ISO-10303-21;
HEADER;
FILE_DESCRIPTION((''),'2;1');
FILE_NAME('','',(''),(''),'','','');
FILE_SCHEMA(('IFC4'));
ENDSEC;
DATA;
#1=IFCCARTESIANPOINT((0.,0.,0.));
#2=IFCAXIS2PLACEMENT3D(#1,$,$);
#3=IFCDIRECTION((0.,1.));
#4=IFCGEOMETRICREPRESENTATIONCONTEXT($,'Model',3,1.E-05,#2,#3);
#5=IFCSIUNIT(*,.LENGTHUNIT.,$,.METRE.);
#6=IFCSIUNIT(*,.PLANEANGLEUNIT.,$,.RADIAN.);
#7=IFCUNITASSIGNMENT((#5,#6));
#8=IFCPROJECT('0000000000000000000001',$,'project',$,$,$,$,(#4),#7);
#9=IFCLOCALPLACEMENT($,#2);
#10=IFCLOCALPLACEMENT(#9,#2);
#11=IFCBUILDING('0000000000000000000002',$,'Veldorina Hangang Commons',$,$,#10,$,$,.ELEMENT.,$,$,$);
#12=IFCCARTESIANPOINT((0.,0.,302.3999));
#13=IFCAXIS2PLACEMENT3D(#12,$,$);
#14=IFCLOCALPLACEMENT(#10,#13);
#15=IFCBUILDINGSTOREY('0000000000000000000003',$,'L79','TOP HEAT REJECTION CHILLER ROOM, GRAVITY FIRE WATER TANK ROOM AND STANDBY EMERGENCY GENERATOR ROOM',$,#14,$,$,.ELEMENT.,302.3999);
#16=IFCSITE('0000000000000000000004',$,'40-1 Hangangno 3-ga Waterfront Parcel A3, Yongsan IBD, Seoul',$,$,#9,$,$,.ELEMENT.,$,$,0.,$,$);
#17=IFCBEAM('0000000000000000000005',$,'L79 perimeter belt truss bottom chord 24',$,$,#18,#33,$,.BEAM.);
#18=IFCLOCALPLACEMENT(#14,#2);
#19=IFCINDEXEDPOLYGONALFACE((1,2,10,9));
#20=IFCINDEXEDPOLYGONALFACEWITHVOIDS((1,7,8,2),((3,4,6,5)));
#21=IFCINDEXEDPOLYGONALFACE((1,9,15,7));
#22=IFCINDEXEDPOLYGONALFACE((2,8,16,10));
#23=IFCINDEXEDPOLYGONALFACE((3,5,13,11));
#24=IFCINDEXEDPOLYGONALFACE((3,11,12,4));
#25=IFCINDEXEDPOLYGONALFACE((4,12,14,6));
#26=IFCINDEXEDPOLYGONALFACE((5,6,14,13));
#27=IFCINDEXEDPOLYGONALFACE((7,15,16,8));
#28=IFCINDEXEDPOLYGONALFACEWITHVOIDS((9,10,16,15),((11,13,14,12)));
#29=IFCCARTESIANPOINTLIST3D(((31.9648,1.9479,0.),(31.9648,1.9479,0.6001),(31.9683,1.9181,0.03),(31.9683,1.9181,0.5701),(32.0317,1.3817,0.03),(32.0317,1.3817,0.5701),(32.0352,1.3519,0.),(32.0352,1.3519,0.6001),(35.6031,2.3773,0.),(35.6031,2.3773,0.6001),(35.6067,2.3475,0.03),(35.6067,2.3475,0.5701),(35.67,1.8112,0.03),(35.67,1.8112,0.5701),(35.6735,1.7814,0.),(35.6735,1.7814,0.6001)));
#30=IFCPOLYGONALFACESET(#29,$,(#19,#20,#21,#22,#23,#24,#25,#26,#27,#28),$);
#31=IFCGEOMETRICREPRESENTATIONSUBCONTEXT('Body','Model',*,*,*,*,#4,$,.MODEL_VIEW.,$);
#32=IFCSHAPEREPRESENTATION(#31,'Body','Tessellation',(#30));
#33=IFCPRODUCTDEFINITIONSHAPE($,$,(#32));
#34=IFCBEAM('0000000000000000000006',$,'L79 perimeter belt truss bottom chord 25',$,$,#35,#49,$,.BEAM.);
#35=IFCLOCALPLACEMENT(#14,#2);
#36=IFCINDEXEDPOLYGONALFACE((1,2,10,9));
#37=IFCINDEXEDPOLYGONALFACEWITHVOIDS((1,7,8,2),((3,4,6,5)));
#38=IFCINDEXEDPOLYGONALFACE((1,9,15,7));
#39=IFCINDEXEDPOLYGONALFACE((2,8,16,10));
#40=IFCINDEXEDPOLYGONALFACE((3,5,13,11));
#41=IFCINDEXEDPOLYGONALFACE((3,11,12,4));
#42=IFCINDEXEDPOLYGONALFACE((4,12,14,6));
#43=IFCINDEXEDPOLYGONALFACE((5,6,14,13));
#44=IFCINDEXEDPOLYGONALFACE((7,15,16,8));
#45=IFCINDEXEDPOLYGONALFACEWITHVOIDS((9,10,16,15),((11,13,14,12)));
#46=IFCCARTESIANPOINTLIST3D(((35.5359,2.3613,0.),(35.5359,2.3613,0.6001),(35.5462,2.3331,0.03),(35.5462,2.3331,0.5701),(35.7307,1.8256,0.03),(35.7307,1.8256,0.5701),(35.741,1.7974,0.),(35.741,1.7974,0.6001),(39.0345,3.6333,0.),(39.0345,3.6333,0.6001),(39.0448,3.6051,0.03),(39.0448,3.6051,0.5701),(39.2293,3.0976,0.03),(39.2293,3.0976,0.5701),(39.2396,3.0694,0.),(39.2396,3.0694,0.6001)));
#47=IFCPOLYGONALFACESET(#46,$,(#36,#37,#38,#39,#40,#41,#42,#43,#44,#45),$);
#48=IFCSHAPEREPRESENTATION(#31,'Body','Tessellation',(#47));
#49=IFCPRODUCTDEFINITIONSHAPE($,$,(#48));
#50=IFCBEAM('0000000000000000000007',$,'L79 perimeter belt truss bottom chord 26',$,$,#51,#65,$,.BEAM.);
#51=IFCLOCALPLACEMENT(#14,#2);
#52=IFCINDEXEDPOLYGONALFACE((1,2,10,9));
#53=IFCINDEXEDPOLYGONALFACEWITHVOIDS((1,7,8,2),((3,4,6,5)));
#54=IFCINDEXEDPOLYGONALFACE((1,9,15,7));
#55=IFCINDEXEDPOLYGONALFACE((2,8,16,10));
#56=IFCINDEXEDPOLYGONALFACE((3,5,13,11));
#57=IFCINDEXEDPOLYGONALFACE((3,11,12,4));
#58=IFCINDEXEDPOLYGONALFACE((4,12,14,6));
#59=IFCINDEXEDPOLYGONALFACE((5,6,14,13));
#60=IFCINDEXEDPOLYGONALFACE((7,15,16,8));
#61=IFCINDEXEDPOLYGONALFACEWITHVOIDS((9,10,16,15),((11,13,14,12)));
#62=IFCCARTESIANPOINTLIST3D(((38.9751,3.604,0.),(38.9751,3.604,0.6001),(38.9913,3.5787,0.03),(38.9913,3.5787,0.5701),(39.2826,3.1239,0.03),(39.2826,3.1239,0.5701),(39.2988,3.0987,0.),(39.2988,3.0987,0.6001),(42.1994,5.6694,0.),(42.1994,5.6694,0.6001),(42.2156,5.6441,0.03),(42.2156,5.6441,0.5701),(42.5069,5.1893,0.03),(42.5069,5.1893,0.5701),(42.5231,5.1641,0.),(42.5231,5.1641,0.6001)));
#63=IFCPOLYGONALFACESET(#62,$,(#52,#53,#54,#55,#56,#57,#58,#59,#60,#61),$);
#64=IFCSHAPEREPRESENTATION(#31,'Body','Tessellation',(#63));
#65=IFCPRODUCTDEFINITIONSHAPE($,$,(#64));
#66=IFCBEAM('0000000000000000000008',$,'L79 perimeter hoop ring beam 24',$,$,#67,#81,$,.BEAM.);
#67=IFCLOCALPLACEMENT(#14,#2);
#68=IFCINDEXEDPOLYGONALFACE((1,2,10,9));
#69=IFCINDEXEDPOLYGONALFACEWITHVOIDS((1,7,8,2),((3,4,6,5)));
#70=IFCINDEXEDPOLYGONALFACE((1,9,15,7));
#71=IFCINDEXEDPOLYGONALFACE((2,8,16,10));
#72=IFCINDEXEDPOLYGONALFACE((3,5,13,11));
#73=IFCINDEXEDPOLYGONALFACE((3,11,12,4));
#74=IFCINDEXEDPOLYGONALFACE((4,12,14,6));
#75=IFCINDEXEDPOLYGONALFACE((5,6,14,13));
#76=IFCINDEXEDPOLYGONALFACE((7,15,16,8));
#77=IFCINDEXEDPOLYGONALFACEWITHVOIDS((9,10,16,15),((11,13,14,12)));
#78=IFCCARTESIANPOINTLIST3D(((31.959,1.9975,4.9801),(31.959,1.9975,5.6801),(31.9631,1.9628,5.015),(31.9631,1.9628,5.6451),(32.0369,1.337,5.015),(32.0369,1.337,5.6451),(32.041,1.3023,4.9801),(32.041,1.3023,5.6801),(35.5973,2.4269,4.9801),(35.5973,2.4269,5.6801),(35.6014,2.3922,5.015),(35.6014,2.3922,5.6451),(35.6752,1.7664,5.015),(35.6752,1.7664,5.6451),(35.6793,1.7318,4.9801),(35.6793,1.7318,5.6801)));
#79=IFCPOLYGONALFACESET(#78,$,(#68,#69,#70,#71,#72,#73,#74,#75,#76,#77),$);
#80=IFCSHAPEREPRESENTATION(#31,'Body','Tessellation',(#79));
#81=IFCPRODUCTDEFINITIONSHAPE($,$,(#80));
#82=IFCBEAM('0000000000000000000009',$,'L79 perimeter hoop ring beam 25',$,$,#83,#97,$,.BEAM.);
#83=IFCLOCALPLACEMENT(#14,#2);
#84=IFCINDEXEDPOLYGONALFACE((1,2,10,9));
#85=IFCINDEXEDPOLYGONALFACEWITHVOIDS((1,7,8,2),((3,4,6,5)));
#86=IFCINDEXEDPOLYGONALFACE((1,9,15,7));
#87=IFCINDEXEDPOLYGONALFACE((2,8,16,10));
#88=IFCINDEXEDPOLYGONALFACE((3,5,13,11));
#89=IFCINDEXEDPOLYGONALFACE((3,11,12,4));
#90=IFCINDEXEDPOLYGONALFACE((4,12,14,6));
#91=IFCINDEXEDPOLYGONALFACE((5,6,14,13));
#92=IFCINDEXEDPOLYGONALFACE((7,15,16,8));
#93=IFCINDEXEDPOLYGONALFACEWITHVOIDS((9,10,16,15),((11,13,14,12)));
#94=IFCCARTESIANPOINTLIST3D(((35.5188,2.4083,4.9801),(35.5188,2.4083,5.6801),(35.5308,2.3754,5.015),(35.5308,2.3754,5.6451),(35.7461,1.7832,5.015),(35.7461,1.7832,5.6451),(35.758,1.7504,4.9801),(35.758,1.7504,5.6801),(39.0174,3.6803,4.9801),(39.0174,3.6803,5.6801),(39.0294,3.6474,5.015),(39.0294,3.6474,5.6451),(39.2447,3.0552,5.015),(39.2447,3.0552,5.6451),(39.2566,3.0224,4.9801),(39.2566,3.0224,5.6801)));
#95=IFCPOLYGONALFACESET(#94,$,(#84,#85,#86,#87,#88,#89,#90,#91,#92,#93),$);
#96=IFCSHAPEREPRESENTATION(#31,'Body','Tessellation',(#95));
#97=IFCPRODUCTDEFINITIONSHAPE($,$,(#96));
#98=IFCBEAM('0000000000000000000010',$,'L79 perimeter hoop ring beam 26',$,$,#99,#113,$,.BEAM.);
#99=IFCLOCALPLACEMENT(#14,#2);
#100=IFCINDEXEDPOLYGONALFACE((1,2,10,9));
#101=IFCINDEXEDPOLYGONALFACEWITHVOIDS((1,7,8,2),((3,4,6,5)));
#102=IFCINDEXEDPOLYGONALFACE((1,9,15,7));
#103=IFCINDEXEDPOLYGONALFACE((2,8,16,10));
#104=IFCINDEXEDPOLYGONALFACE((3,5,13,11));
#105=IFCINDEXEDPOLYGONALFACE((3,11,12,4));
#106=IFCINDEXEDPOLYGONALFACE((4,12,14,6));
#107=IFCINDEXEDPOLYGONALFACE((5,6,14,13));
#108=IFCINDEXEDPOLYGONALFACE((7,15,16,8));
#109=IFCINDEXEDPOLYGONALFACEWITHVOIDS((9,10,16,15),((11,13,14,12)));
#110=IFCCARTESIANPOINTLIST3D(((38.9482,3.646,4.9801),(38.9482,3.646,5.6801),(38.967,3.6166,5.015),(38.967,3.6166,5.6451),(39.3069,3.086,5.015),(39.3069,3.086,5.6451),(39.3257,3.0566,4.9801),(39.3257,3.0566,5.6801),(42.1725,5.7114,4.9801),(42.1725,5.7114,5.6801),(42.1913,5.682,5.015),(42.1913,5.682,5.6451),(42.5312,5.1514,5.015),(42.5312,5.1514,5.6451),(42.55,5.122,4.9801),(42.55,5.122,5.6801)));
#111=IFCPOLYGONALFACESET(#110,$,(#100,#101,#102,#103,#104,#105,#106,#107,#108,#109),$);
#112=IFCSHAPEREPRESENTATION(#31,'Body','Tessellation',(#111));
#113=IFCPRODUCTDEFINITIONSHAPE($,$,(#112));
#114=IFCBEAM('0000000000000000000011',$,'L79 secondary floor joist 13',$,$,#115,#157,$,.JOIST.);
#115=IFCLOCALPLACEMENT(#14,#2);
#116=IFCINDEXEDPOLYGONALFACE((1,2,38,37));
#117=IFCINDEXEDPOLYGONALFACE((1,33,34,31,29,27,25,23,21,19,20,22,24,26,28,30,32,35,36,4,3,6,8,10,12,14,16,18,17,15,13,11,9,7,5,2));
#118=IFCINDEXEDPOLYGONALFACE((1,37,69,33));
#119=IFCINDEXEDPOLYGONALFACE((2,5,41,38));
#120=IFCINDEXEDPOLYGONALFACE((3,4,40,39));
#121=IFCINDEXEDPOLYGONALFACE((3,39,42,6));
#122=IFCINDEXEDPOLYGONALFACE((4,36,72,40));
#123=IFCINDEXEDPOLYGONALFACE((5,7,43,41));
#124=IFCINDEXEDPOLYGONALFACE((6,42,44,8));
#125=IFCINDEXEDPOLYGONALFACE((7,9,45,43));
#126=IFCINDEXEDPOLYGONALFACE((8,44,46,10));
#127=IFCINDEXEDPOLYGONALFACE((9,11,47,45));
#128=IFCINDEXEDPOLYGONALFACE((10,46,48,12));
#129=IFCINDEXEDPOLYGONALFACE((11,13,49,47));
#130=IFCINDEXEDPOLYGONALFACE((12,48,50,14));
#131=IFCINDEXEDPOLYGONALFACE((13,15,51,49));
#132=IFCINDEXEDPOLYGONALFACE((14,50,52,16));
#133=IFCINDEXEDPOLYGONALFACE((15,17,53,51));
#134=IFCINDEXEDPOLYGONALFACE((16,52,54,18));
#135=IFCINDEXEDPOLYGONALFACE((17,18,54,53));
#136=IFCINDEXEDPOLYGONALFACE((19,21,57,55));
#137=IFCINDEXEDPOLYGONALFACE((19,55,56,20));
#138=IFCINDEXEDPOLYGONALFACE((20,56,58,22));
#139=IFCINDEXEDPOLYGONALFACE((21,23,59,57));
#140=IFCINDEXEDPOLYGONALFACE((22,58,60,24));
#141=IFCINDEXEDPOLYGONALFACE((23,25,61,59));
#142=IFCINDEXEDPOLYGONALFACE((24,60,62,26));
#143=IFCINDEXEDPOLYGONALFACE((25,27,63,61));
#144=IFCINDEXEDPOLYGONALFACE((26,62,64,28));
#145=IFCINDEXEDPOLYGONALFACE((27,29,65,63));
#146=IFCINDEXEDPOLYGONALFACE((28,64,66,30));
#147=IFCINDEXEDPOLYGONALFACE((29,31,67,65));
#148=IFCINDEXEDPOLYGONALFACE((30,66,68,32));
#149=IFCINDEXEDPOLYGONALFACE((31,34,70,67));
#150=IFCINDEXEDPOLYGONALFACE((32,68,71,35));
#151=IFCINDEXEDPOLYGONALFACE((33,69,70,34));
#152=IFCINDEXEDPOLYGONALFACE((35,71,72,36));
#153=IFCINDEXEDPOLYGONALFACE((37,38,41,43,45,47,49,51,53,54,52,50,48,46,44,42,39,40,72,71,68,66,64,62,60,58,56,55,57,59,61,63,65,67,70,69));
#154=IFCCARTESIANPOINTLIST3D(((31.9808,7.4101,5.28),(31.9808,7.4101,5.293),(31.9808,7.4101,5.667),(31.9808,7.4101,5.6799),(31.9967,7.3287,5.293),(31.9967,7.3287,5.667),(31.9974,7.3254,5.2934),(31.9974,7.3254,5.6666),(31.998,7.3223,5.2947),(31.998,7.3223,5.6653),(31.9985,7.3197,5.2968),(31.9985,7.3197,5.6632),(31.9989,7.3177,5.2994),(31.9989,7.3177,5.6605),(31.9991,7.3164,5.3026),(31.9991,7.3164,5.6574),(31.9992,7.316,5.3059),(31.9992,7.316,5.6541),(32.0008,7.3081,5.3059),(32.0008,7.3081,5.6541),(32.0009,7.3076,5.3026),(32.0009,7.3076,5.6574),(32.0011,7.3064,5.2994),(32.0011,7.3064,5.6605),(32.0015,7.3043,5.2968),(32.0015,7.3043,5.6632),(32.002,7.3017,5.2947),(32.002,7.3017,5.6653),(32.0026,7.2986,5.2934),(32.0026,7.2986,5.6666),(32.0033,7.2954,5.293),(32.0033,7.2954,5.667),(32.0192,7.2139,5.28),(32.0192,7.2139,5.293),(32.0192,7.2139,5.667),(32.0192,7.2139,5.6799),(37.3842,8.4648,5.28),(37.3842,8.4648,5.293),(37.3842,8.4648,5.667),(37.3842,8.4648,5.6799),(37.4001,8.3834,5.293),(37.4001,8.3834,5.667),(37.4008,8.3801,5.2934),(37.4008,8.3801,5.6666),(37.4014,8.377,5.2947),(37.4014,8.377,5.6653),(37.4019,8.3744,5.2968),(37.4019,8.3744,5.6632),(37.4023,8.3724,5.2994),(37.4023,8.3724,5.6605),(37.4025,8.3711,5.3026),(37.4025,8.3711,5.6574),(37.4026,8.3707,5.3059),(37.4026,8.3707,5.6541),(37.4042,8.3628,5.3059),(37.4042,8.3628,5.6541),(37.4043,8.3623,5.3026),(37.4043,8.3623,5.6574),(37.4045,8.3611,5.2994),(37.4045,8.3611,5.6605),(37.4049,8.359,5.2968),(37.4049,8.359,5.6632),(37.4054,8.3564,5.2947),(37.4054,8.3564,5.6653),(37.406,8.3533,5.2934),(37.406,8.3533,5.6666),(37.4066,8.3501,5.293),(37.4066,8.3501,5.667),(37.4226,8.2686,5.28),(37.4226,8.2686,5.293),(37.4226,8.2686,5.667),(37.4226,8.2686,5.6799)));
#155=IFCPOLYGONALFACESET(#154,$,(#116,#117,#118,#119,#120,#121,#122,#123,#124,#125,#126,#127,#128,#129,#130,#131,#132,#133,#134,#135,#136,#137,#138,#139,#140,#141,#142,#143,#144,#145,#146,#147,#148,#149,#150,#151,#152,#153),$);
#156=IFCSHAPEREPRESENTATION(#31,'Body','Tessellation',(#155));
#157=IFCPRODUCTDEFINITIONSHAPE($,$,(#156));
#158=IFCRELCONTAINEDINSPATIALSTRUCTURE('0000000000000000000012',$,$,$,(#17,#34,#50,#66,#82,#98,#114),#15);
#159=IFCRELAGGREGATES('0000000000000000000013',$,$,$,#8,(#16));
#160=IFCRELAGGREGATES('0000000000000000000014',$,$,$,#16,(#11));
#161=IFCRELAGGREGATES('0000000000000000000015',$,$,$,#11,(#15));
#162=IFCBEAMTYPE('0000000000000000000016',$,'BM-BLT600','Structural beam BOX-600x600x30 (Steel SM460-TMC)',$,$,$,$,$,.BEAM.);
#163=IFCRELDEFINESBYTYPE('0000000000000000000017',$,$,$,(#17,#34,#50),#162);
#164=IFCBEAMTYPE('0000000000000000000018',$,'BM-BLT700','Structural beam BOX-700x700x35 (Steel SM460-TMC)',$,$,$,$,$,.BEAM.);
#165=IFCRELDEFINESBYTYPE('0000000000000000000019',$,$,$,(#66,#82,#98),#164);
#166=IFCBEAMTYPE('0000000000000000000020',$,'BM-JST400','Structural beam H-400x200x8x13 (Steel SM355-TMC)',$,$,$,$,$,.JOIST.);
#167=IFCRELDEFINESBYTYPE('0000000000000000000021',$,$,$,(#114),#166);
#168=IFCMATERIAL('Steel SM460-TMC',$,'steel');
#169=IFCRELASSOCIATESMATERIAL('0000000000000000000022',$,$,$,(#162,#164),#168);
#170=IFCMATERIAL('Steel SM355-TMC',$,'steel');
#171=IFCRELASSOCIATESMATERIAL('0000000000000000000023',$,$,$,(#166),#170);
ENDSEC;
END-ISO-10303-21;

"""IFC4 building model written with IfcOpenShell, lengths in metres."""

from ifc_helpers import new_model, si_unit, direction, frame, origin, origin_2d, place, context, subcontext, project, spatial, hollow_rectangle, i_section, extrude, material, material_profile, profile_set, type_object, element, save


model = new_model("IFC4")

# Units and contexts
model_context = context("Model", 3, precision=1e-05, world=origin(), true_north=direction((0.0, 1.0)))
body_context = subcontext(model_context, "Body", "Model", "MODEL_VIEW")
ifc_project = project(units=[si_unit("LENGTHUNIT", "METRE"), si_unit("PLANEANGLEUNIT", "RADIAN")], contexts=[model_context])

# Site, building, storey
site_placement = place(None, origin())
site = spatial("IfcSite", under=ifc_project, at=site_placement, Name="40-1 Hangangno 3-ga Waterfront Parcel A3, Yongsan IBD, Seoul", CompositionType="ELEMENT", RefElevation=0.0)
building_placement = place(site_placement, origin())
building = spatial("IfcBuilding", under=site, at=building_placement, Name="Veldorina Hangang Commons", CompositionType="ELEMENT")
storey_placement = place(building_placement, frame((0.0, 0.0, 302.3999)))
storey = spatial("IfcBuildingStorey", under=building, at=storey_placement, Name="L79", Description="TOP HEAT REJECTION CHILLER ROOM, GRAVITY FIRE WATER TANK ROOM AND STANDBY EMERGENCY GENERATOR ROOM", CompositionType="ELEMENT", Elevation=302.3999)

# Beams
ifc_material_1 = material(Name="Steel SM460-TMC", Category="steel")
ifc_material_profile_1 = material_profile(ifc_material_1, hollow_rectangle(XDim=0.6001, YDim=0.6001, WallThickness=0.03, at=origin_2d()), Name="BOX-600x600x30")
ifc_profile_set_1 = profile_set([ifc_material_profile_1], Name="Steel SM460-TMC")
beam_type_1 = type_object("IfcBeamType", Name="BM-BLT600", Description="Structural beam BOX-600x600x30 (Steel SM460-TMC)", PredefinedType="BEAM", material=ifc_profile_set_1)
beam_1_placement = place(storey_placement, frame((32.0, 1.6499, 0.3), z_axis=(0.993106, 0.117216, 0.0), x_axis=(-0.117216, 0.993106, 0.0)))
element("IfcBeam", 1, at=beam_1_placement, inside=storey, type_object=beam_type_1, Name="L79 perimeter belt truss bottom chord 24", PredefinedType="BEAM", context=body_context, shape_type="SweptSolid", body=[
    extrude(hollow_rectangle(XDim=0.6001, YDim=0.6001, WallThickness=0.03, at=origin_2d()), origin(), (0.0, 0.0, 1.0), 3.6636),
])
beam_2_placement = place(storey_placement, frame((35.6384, 2.0793, 0.3), z_axis=(0.939813, 0.34169, 0.0), x_axis=(-0.34169, 0.939813, 0.0)))
element("IfcBeam", 2, at=beam_2_placement, inside=storey, type_object=beam_type_1, Name="L79 perimeter belt truss bottom chord 25", PredefinedType="BEAM", context=body_context, shape_type="SweptSolid", body=[
    extrude(hollow_rectangle(XDim=0.6001, YDim=0.6001, WallThickness=0.03, at=origin_2d()), origin(), (0.0, 0.0, 1.0), 3.7227),
])
beam_3_placement = place(storey_placement, frame((39.137, 3.3513, 0.3), z_axis=(0.842054, 0.539394, 0.0), x_axis=(-0.539394, 0.842054, 0.0)))
element("IfcBeam", 3, at=beam_3_placement, inside=storey, type_object=beam_type_1, Name="L79 perimeter belt truss bottom chord 26", PredefinedType="BEAM", context=body_context, shape_type="SweptSolid", body=[
    extrude(hollow_rectangle(XDim=0.6001, YDim=0.6001, WallThickness=0.03, at=origin_2d()), origin(), (0.0, 0.0, 1.0), 3.8291),
])
ifc_material_profile_2 = material_profile(ifc_material_1, hollow_rectangle(XDim=0.7, YDim=0.7, WallThickness=0.0349, at=origin_2d()), Name="BOX-700x700x35")
ifc_profile_set_2 = profile_set([ifc_material_profile_2], Name="Steel SM460-TMC")
beam_type_2 = type_object("IfcBeamType", Name="BM-BLT700", Description="Structural beam BOX-700x700x35 (Steel SM460-TMC)", PredefinedType="BEAM", material=ifc_profile_set_2)
beam_4_placement = place(storey_placement, frame((32.0, 1.6499, 5.3301), z_axis=(0.993106, 0.117216, 0.0), x_axis=(-0.117216, 0.993106, 0.0)))
element("IfcBeam", 4, at=beam_4_placement, inside=storey, type_object=beam_type_2, Name="L79 perimeter hoop ring beam 24", PredefinedType="BEAM", context=body_context, shape_type="SweptSolid", body=[
    extrude(hollow_rectangle(XDim=0.7, YDim=0.7, WallThickness=0.0349, at=origin_2d()), origin(), (0.0, 0.0, 1.0), 3.6636),
])
beam_5_placement = place(storey_placement, frame((35.6384, 2.0793, 5.3301), z_axis=(0.939813, 0.34169, 0.0), x_axis=(-0.34169, 0.939813, 0.0)))
element("IfcBeam", 5, at=beam_5_placement, inside=storey, type_object=beam_type_2, Name="L79 perimeter hoop ring beam 25", PredefinedType="BEAM", context=body_context, shape_type="SweptSolid", body=[
    extrude(hollow_rectangle(XDim=0.7, YDim=0.7, WallThickness=0.0349, at=origin_2d()), origin(), (0.0, 0.0, 1.0), 3.7227),
])
beam_6_placement = place(storey_placement, frame((39.137, 3.3513, 5.3301), z_axis=(0.842054, 0.539394, 0.0), x_axis=(-0.539394, 0.842054, 0.0)))
element("IfcBeam", 6, at=beam_6_placement, inside=storey, type_object=beam_type_2, Name="L79 perimeter hoop ring beam 26", PredefinedType="BEAM", context=body_context, shape_type="SweptSolid", body=[
    extrude(hollow_rectangle(XDim=0.7, YDim=0.7, WallThickness=0.0349, at=origin_2d()), origin(), (0.0, 0.0, 1.0), 3.8291),
])
ifc_material_2 = material(Name="Steel SM355-TMC", Category="steel")
ifc_material_profile_3 = material_profile(ifc_material_2, i_section(OverallWidth=0.2, OverallDepth=0.3999, WebThickness=0.0081, FlangeThickness=0.0129, FilletRadius=0.0129, at=origin_2d()), Name="H-400x200x8x13")
ifc_profile_set_3 = profile_set([ifc_material_profile_3], Name="Steel SM355-TMC")
beam_type_3 = type_object("IfcBeamType", Name="BM-JST400", Description="Structural beam H-400x200x8x13 (Steel SM355-TMC)", PredefinedType="JOIST", material=ifc_profile_set_3)
beam_7_placement = place(storey_placement, frame((32.0, 7.312, 5.48), z_axis=(0.981478, 0.191577, 0.0), x_axis=(-0.191577, 0.981478, 0.0)))
element("IfcBeam", 7, at=beam_7_placement, inside=storey, type_object=beam_type_3, Name="L79 secondary floor joist 13", PredefinedType="JOIST", context=body_context, shape_type="SweptSolid", body=[
    extrude(i_section(OverallWidth=0.2, OverallDepth=0.3999, WebThickness=0.0081, FlangeThickness=0.0129, FilletRadius=0.0129, at=origin_2d()), origin(), (0.0, 0.0, 1.0), 5.5054),
])

save(model, "model.ifc")
